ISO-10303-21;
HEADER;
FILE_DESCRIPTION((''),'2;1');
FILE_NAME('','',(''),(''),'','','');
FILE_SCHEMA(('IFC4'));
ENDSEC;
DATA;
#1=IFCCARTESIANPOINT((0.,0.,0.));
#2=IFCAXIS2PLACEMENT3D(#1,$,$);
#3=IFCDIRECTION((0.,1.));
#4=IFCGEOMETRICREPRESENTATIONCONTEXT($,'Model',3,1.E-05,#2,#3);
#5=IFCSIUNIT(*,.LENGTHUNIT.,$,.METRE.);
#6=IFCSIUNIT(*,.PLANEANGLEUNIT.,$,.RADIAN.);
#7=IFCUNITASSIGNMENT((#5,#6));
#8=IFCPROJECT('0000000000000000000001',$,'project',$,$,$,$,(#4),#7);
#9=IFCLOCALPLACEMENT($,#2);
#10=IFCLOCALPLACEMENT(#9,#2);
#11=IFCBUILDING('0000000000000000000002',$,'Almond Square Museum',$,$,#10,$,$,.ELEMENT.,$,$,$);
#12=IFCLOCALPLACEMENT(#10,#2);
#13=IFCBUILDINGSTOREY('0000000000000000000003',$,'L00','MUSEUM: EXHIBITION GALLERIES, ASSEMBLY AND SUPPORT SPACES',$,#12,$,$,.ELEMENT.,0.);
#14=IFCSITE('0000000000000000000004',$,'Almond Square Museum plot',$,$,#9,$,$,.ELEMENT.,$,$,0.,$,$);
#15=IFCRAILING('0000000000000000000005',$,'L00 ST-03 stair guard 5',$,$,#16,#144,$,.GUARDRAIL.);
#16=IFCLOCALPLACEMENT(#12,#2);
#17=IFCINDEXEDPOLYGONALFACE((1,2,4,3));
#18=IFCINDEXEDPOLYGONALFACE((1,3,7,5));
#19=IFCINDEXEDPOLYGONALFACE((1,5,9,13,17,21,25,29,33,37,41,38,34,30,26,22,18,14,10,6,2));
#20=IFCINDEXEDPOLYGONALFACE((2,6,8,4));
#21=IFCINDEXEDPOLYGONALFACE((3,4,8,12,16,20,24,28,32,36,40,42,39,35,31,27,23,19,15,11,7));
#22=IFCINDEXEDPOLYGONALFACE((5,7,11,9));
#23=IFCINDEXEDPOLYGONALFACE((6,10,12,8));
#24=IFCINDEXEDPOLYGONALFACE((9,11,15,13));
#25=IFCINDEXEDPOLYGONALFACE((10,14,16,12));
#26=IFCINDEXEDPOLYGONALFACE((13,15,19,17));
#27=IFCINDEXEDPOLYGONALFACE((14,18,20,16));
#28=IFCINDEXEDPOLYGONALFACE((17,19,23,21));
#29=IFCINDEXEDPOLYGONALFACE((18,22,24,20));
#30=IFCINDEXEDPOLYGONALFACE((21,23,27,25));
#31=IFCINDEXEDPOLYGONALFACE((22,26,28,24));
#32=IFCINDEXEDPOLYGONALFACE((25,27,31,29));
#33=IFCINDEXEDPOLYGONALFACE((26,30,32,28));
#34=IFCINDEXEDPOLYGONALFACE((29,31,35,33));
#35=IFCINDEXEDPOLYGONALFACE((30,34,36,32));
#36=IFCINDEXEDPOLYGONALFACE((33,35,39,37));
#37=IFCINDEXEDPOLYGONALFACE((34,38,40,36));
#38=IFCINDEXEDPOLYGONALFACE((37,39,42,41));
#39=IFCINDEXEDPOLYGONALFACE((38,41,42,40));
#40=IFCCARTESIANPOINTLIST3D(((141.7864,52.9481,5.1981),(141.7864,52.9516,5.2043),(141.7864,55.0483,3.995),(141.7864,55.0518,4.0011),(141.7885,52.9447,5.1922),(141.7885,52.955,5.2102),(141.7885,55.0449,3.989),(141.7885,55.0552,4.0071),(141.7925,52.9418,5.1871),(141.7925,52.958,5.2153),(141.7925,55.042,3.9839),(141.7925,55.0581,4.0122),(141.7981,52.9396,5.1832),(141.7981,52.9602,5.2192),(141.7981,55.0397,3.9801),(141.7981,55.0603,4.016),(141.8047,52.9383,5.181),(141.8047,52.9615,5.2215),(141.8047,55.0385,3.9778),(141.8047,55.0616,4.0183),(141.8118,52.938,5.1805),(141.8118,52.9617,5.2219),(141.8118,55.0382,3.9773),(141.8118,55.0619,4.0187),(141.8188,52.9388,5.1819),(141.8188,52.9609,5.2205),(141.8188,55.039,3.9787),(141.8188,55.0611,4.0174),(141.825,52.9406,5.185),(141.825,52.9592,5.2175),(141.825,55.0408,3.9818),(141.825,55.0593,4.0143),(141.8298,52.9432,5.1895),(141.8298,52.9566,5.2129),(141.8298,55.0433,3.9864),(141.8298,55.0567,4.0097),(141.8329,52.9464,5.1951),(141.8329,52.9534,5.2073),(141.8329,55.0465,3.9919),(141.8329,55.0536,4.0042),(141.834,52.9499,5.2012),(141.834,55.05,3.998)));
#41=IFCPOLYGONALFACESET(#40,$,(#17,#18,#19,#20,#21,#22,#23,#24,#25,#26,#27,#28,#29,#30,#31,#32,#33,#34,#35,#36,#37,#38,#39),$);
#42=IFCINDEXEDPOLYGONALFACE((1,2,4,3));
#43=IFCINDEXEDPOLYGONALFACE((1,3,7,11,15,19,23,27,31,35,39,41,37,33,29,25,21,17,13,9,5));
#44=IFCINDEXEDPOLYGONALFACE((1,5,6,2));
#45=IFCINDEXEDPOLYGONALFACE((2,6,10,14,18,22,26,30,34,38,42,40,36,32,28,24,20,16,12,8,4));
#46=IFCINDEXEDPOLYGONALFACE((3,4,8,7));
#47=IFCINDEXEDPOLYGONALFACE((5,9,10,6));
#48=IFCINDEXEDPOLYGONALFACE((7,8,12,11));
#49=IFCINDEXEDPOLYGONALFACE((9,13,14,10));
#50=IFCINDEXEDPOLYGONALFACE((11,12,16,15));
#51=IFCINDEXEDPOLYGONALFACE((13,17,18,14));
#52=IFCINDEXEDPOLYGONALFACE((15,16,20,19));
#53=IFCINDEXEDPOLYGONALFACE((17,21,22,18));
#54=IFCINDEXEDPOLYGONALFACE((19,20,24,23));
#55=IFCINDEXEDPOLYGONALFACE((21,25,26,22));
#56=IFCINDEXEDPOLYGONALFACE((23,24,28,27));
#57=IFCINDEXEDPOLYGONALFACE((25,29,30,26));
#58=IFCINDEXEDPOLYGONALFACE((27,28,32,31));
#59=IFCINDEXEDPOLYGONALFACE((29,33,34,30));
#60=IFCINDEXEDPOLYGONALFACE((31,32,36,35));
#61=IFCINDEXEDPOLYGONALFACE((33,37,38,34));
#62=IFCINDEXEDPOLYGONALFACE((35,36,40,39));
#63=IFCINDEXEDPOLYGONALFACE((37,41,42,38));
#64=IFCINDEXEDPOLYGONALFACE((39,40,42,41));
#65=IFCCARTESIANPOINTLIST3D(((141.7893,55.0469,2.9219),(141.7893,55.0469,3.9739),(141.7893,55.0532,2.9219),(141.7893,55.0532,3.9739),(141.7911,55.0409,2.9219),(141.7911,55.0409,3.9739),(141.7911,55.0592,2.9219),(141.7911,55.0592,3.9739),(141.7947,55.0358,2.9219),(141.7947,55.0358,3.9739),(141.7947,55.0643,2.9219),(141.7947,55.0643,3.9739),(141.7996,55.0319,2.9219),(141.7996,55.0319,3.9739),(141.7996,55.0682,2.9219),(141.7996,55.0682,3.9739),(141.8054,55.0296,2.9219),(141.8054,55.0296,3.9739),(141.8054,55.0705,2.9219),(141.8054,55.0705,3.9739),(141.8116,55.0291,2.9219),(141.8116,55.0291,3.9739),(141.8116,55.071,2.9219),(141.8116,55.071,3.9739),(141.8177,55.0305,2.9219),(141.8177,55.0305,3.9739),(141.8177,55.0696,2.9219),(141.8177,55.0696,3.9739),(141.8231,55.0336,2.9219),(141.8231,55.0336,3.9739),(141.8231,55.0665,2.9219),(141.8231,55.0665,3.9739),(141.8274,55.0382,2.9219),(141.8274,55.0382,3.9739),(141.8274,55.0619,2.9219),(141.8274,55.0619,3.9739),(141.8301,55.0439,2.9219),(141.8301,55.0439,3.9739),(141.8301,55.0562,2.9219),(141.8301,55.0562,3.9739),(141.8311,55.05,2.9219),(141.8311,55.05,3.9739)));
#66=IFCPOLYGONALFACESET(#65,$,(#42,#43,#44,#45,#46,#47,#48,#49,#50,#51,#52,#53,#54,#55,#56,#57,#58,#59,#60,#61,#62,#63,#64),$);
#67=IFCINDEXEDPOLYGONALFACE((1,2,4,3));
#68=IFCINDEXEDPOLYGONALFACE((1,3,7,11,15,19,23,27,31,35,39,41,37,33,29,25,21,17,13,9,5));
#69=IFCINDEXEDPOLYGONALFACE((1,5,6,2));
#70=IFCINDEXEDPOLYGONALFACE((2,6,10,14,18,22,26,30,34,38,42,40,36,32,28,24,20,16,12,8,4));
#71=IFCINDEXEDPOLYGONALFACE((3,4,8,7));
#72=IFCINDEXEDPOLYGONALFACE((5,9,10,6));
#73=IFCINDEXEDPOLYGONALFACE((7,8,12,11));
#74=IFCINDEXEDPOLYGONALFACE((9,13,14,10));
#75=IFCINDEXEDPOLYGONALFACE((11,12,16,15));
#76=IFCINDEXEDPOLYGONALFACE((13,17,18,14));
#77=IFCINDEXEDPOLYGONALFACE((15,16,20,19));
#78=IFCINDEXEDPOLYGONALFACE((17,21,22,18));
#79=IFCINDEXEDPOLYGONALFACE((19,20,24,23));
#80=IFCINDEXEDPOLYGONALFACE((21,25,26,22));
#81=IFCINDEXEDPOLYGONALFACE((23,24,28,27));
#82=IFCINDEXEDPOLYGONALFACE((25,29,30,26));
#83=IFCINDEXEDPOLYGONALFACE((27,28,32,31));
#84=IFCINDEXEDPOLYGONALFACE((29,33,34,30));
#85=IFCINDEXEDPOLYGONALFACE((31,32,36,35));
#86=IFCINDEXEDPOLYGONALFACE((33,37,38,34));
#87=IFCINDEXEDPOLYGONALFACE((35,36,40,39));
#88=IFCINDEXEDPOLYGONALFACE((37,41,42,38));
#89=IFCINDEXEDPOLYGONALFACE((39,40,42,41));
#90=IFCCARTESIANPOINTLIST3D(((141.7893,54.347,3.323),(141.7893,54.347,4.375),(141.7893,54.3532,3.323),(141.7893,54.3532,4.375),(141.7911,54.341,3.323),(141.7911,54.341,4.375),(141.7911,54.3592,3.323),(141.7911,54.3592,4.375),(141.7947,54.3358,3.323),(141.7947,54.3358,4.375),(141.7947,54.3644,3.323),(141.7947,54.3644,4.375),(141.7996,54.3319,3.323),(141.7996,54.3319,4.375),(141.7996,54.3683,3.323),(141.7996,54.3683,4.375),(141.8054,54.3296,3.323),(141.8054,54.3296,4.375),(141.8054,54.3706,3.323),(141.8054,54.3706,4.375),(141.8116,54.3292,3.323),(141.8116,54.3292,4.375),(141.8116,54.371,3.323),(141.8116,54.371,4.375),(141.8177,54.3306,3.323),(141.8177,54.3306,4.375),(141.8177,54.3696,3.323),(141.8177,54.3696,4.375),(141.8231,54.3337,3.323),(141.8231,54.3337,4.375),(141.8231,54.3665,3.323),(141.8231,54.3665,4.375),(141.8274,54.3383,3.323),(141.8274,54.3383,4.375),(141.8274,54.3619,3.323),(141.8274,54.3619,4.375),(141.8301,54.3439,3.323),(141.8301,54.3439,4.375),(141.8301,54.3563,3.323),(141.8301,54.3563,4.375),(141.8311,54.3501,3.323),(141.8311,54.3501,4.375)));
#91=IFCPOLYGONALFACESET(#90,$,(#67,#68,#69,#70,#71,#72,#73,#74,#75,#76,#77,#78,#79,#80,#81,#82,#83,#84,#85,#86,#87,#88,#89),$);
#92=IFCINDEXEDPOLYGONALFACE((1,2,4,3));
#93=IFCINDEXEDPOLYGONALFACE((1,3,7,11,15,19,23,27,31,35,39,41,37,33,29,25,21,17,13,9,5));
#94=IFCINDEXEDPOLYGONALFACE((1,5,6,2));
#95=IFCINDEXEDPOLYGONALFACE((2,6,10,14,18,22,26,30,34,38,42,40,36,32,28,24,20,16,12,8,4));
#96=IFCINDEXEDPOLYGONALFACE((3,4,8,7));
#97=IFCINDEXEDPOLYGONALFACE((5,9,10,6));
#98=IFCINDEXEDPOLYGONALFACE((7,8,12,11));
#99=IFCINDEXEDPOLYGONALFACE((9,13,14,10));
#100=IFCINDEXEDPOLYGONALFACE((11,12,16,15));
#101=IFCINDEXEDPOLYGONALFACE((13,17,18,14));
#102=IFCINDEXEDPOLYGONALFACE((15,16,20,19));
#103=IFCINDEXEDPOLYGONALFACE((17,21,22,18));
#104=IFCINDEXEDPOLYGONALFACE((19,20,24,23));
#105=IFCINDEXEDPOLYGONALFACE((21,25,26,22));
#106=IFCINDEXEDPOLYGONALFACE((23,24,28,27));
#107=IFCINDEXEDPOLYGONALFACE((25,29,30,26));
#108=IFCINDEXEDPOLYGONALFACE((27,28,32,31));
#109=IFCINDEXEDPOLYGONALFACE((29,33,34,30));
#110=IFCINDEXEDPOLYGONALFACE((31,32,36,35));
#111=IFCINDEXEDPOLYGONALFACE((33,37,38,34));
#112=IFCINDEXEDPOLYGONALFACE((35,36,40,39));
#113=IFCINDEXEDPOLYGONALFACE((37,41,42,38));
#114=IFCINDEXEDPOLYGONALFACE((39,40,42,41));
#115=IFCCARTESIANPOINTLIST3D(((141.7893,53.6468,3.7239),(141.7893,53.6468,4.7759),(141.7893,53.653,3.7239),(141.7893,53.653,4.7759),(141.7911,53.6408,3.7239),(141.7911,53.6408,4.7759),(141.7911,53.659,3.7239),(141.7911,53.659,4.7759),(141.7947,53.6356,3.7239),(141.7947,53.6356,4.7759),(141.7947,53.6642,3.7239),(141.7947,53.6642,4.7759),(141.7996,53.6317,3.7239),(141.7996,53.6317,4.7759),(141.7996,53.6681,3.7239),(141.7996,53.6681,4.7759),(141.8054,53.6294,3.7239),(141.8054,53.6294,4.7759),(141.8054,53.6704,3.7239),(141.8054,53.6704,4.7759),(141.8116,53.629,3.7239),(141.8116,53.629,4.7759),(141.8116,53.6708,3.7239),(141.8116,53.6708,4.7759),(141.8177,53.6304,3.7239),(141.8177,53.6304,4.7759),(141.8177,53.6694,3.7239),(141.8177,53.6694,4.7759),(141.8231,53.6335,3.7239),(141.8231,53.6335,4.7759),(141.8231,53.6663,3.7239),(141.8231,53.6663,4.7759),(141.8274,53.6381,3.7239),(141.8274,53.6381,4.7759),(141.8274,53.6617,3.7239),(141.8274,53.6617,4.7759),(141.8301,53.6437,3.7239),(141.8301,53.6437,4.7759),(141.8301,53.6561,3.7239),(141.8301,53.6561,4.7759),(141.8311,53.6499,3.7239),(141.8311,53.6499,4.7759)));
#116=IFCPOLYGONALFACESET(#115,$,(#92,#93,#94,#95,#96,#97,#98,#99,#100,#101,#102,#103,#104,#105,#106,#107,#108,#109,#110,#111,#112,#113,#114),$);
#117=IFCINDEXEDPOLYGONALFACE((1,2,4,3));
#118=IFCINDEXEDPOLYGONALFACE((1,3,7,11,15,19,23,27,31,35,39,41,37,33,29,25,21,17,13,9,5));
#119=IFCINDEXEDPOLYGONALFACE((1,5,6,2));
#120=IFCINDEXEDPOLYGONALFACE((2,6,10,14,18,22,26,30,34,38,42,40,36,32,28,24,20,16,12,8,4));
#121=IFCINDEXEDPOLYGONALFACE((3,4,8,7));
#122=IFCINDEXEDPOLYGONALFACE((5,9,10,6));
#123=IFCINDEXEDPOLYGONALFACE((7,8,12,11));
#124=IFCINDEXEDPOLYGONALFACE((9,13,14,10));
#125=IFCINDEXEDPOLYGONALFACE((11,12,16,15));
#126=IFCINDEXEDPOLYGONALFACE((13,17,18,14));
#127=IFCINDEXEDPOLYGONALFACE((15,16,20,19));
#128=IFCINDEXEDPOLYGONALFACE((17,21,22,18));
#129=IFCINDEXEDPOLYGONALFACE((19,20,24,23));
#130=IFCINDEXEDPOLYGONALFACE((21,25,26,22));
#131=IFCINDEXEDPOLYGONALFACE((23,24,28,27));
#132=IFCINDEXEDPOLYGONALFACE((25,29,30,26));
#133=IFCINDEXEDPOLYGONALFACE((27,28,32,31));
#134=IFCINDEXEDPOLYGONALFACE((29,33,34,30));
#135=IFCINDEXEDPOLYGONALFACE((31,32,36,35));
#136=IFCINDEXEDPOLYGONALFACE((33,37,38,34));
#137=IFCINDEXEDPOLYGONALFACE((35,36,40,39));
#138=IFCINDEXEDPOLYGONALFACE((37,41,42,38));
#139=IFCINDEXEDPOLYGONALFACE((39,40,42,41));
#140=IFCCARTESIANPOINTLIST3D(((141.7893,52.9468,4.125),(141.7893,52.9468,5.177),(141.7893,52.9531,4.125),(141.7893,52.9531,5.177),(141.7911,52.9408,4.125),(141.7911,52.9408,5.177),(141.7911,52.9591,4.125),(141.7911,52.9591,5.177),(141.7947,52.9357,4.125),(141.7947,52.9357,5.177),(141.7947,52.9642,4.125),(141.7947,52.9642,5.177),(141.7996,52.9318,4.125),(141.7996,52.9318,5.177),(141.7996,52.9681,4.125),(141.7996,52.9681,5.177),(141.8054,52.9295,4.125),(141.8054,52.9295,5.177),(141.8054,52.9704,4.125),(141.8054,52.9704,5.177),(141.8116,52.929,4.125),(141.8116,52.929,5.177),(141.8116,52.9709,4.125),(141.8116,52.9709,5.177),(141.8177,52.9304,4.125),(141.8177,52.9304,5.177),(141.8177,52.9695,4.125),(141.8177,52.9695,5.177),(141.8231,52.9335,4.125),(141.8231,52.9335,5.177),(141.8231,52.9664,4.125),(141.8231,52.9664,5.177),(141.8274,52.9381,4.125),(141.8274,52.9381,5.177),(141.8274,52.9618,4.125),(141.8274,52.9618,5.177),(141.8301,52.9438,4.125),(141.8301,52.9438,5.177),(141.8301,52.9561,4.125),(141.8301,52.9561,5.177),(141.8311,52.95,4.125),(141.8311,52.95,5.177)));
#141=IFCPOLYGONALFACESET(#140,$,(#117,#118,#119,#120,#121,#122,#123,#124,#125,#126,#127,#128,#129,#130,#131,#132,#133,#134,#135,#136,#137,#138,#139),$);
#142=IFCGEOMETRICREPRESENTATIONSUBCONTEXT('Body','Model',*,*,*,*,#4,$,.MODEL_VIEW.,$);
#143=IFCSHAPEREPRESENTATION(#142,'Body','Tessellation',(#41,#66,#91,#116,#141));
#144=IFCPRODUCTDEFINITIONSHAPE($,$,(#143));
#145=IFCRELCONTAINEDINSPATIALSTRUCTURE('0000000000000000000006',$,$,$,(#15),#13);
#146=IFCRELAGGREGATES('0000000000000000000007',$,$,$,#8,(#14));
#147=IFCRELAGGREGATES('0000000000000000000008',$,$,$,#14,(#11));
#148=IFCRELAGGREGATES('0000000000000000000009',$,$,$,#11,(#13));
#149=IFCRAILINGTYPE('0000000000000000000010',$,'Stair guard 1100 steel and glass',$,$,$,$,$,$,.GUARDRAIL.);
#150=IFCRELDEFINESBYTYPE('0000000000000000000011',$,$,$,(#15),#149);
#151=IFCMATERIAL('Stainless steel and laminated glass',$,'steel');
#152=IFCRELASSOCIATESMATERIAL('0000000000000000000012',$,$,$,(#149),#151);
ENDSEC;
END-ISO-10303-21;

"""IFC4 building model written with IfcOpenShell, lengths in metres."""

from ifc_helpers import new_model, si_unit, direction, frame, origin, origin_2d, place, context, subcontext, project, spatial, circle, extrude, material, type_object, element, save


model = new_model("IFC4")

# Units and contexts
model_context = context("Model", 3, precision=1e-05, world=origin(), true_north=direction((0.0, 1.0)))
body_context = subcontext(model_context, "Body", "Model", "MODEL_VIEW")
ifc_project = project(units=[si_unit("LENGTHUNIT", "METRE"), si_unit("PLANEANGLEUNIT", "RADIAN")], contexts=[model_context])

# Site, building, storey
site_placement = place(None, origin())
site = spatial("IfcSite", under=ifc_project, at=site_placement, Name="Almond Square Museum plot", CompositionType="ELEMENT", RefElevation=0.0)
building_placement = place(site_placement, origin())
building = spatial("IfcBuilding", under=site, at=building_placement, Name="Almond Square Museum", CompositionType="ELEMENT")
storey_placement = place(building_placement, origin())
storey = spatial("IfcBuildingStorey", under=building, at=storey_placement, Name="L00", Description="MUSEUM: EXHIBITION GALLERIES, ASSEMBLY AND SUPPORT SPACES", CompositionType="ELEMENT", Elevation=0.0)

# Railing
ifc_material_1 = material(Name="Stainless steel and laminated glass", Category="steel")
railing_type_1 = type_object("IfcRailingType", Name="Stair guard 1100 steel and glass", PredefinedType="GUARDRAIL", material=ifc_material_1)
railing_1_placement = place(storey_placement, frame((141.8101, 55.05, 2.9219)))
element("IfcRailing", 1, at=railing_1_placement, inside=storey, type_object=railing_type_1, Name="L00 ST-03 stair guard 5", PredefinedType="GUARDRAIL", context=body_context, shape_type="SweptSolid", body=[
    extrude(circle(Radius=0.0239, at=origin_2d()), frame((0.0, 0.0, 1.0762), z_axis=(0.0, -0.867696, 0.497095), x_axis=(1.0, 0.0, 0.0)), (0.0, 0.0, 1.0), 2.4204),
    extrude(circle(Radius=0.021, at=origin_2d()), origin(), (0.0, 0.0, 1.0), 1.052),
    extrude(circle(Radius=0.021, at=origin_2d()), frame((0.0, -0.7, 0.4011)), (0.0, 0.0, 1.0), 1.052),
    extrude(circle(Radius=0.021, at=origin_2d()), frame((0.0, -1.4001, 0.802)), (0.0, 0.0, 1.0), 1.052),
    extrude(circle(Radius=0.021, at=origin_2d()), frame((0.0, -2.1001, 1.2031)), (0.0, 0.0, 1.0), 1.052),
])

save(model, "model.ifc")
